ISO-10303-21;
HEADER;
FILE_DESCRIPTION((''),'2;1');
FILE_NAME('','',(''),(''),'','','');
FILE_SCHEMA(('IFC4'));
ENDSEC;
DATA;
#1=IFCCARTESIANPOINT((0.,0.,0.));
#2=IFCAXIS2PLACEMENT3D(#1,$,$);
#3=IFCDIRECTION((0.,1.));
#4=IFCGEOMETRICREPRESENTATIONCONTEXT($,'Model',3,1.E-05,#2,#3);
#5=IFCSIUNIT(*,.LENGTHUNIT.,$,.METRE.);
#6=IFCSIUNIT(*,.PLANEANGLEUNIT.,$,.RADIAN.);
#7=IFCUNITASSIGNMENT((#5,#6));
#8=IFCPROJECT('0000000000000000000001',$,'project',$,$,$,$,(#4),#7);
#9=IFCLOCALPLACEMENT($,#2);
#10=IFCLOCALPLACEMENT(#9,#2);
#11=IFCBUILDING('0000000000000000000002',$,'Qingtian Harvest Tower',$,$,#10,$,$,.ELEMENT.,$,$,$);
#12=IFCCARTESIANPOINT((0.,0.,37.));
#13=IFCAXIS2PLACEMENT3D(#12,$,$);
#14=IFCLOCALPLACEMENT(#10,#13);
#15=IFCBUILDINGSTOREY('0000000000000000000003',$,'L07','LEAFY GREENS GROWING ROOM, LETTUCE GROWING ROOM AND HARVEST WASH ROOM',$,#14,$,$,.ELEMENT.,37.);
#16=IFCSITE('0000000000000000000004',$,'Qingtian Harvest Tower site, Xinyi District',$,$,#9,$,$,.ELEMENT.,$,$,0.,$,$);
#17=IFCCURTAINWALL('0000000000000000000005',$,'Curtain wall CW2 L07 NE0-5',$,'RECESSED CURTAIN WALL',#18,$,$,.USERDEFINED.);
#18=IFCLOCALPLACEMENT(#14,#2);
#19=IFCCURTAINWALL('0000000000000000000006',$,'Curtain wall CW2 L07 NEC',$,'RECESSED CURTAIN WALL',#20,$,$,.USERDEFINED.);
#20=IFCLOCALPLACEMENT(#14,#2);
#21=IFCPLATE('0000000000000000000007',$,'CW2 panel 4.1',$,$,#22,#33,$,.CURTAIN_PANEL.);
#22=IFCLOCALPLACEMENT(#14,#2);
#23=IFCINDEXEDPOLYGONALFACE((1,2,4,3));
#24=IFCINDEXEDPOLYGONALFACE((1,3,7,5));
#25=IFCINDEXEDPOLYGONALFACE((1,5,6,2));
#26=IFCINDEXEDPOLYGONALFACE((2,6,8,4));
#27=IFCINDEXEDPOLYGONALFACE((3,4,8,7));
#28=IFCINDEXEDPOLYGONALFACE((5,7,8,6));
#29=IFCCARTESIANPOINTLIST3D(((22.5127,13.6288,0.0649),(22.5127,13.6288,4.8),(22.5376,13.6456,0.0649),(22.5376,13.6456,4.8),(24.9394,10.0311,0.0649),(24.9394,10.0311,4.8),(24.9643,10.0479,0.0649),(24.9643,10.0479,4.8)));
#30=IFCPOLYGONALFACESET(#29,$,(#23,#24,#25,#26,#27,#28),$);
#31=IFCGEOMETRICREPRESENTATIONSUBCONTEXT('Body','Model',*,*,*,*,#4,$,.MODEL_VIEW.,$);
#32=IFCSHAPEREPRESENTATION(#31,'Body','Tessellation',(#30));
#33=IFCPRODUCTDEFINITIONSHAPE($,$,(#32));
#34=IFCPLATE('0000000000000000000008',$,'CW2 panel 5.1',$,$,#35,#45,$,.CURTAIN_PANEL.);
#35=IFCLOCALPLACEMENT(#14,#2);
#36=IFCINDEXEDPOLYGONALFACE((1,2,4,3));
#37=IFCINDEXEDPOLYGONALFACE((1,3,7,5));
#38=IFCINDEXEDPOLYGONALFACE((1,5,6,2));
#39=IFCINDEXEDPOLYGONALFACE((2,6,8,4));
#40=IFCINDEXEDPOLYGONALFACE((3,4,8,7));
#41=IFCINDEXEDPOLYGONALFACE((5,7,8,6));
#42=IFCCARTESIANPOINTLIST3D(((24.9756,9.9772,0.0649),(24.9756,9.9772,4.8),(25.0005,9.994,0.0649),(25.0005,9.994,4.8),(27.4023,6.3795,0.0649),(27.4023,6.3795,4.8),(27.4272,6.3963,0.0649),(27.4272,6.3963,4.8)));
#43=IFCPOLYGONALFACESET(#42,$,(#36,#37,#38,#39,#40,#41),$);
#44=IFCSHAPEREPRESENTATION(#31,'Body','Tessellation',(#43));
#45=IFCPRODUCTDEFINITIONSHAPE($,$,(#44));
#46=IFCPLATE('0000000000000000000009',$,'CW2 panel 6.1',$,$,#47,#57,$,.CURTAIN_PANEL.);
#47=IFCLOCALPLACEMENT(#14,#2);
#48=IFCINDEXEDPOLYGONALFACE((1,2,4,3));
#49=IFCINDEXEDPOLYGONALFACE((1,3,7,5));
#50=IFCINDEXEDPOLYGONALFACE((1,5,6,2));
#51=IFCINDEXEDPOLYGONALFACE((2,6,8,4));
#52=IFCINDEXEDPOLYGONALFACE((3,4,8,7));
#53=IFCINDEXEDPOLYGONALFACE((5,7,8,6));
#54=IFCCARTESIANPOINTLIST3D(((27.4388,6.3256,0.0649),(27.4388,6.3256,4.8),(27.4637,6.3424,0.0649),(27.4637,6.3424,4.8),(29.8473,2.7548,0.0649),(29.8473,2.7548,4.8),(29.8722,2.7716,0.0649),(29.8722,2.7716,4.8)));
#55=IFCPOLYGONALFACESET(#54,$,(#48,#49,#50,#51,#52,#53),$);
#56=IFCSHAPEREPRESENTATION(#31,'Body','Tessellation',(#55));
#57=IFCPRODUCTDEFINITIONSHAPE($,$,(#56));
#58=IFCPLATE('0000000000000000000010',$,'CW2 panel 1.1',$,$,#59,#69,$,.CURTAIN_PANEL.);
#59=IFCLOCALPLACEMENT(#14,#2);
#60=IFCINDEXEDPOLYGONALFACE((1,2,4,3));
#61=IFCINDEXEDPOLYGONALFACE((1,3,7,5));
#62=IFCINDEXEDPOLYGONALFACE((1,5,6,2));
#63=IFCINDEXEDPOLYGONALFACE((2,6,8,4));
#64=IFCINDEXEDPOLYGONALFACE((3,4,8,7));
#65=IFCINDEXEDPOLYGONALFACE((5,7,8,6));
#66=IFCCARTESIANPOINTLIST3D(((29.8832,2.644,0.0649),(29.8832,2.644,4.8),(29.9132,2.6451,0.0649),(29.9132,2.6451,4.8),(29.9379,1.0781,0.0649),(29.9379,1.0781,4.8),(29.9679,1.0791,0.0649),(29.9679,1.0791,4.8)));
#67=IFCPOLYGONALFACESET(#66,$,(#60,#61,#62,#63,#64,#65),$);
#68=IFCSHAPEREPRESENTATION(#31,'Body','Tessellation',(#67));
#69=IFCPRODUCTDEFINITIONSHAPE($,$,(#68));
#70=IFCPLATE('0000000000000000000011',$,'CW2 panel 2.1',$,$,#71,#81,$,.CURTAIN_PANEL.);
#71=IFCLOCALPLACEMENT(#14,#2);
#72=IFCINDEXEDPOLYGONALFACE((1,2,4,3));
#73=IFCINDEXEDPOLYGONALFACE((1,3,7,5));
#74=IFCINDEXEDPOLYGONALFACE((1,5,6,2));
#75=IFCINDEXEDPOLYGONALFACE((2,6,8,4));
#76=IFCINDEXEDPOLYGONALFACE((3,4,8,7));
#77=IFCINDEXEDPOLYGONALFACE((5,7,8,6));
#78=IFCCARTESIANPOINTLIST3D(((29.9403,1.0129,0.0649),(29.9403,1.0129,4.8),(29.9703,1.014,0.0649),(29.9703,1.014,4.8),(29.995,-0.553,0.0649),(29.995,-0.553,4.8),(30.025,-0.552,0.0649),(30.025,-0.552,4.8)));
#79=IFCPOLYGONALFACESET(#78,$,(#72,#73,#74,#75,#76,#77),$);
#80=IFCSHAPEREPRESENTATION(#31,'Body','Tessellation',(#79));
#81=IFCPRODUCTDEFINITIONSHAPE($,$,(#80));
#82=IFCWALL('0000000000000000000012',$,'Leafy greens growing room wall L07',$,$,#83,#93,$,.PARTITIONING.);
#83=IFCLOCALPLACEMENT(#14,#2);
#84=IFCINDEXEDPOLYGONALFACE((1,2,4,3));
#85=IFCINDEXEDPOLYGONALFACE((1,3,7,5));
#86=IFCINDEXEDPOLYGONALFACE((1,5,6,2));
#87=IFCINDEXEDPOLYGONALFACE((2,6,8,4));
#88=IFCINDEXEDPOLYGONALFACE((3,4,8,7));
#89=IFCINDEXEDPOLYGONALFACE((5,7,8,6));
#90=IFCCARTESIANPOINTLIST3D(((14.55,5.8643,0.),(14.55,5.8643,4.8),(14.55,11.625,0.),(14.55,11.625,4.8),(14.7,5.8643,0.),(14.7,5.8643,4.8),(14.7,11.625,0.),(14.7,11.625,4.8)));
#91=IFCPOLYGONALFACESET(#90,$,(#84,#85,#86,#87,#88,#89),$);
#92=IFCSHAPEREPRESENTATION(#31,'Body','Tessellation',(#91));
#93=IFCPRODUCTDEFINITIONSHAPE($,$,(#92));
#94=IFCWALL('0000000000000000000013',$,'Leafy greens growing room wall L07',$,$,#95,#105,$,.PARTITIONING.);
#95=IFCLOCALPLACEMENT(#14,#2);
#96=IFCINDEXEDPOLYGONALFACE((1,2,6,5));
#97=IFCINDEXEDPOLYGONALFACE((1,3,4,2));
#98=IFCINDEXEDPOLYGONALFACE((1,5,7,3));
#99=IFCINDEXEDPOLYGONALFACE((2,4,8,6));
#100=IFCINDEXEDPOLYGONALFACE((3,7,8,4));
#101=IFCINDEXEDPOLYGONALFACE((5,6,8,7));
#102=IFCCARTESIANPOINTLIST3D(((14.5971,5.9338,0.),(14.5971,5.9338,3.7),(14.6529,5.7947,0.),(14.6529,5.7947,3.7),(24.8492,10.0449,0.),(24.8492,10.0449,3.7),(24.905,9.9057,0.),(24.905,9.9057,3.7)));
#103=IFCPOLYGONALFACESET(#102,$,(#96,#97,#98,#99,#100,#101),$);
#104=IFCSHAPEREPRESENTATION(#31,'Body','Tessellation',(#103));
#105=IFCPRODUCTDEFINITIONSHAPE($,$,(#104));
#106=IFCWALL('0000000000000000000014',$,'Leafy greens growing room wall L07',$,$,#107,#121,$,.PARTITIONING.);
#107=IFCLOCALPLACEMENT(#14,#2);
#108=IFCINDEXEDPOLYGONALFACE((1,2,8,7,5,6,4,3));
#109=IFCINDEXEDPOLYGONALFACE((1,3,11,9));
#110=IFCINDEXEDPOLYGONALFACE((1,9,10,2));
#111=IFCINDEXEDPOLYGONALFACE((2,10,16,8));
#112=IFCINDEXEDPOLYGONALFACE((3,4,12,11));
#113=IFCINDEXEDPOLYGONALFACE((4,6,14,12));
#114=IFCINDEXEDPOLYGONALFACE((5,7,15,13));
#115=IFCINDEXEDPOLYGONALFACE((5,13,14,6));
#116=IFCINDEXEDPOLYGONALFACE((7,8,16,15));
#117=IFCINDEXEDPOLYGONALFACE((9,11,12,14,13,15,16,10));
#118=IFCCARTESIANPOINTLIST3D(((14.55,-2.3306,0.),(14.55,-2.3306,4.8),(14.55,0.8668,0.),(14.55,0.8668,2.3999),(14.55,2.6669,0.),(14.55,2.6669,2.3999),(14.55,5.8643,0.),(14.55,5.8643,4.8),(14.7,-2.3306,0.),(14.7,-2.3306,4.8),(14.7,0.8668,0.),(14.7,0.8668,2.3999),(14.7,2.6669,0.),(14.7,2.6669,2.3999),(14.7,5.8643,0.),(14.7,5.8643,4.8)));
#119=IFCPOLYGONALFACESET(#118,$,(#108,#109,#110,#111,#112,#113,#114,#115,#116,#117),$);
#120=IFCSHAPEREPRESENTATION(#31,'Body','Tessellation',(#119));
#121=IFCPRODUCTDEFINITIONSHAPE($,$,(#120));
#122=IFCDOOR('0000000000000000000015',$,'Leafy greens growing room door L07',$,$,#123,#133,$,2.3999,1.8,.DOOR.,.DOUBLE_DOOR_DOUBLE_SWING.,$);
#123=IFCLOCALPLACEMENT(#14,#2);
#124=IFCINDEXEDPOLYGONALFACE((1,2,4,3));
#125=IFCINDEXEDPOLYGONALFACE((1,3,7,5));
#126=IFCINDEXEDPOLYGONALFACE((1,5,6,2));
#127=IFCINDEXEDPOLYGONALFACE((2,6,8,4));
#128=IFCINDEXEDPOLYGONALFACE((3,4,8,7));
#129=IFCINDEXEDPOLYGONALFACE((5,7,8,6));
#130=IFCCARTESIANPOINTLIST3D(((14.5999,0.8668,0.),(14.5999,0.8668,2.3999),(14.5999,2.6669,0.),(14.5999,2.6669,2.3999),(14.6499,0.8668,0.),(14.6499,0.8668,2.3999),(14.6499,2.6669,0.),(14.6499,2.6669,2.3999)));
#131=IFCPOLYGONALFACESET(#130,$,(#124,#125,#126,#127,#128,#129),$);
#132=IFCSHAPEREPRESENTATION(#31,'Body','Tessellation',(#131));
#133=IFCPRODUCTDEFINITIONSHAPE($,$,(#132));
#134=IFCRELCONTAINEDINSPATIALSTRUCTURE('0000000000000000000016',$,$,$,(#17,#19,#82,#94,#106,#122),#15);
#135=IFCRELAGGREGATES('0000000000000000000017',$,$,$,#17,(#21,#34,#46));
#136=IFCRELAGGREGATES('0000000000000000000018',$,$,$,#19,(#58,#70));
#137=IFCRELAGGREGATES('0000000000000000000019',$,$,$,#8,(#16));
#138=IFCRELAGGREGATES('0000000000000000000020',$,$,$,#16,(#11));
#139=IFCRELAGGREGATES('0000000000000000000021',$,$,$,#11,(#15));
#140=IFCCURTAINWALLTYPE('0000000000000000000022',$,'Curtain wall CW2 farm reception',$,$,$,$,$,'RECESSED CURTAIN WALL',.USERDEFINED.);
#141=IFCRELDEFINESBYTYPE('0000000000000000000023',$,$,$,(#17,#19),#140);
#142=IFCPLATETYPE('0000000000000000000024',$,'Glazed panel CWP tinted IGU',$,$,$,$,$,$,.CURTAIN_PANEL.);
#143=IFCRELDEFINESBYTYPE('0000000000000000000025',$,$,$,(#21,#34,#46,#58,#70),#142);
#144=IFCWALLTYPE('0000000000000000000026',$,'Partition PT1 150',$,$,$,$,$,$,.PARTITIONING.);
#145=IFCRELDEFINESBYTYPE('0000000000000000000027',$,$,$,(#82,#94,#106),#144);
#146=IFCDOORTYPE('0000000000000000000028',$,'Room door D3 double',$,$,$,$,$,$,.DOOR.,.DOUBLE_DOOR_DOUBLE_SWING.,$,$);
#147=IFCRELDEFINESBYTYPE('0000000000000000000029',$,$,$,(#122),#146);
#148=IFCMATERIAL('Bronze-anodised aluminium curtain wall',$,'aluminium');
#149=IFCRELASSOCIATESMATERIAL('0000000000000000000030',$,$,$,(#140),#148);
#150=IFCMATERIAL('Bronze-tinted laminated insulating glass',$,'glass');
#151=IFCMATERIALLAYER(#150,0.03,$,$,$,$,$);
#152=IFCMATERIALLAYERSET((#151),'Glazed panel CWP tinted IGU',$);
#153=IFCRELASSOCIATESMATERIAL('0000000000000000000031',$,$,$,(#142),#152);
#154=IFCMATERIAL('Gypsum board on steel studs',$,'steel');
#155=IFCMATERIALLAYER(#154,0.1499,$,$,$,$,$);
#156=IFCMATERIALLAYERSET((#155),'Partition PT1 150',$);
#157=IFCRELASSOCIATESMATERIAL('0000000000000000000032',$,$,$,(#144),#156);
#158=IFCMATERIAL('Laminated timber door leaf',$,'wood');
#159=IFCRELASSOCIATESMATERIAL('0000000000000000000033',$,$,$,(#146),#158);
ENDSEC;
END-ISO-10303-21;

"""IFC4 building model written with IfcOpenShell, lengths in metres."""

from ifc_helpers import new_model, si_unit, direction, frame, frame_2d, origin, origin_2d, place, context, subcontext, project, spatial, rectangle, extrude, material, layer, layer_set, type_object, element, fill, aggregate, save


model = new_model("IFC4")

# Units and contexts
model_context = context("Model", 3, precision=1e-05, world=origin(), true_north=direction((0.0, 1.0)))
body_context = subcontext(model_context, "Body", "Model", "MODEL_VIEW")
ifc_project = project(units=[si_unit("LENGTHUNIT", "METRE"), si_unit("PLANEANGLEUNIT", "RADIAN")], contexts=[model_context])

# Site, building, storey
site_placement = place(None, origin())
site = spatial("IfcSite", under=ifc_project, at=site_placement, Name="Qingtian Harvest Tower site, Xinyi District", CompositionType="ELEMENT", RefElevation=0.0)
building_placement = place(site_placement, origin())
building = spatial("IfcBuilding", under=site, at=building_placement, Name="Qingtian Harvest Tower", CompositionType="ELEMENT")
storey_placement = place(building_placement, frame((0.0, 0.0, 37.0)))
storey = spatial("IfcBuildingStorey", under=building, at=storey_placement, Name="L07", Description="LEAFY GREENS GROWING ROOM, LETTUCE GROWING ROOM AND HARVEST WASH ROOM", CompositionType="ELEMENT", Elevation=37.0)

# Curtain walls
ifc_material_1 = material(Name="Bronze-anodised aluminium curtain wall", Category="aluminium")
curtain_wall_type = type_object("IfcCurtainWallType", Name="Curtain wall CW2 farm reception", ElementType="RECESSED CURTAIN WALL", PredefinedType="USERDEFINED", material=ifc_material_1)
curtain_wall_1_placement = place(storey_placement, origin())
curtain_wall_1 = element("IfcCurtainWall", 1, at=curtain_wall_1_placement, inside=storey, type_object=curtain_wall_type, Name="Curtain wall CW2 L07 NE0-5", ObjectType="RECESSED CURTAIN WALL", PredefinedType="USERDEFINED")
curtain_wall_2_placement = place(storey_placement, origin())
curtain_wall_2 = element("IfcCurtainWall", 2, at=curtain_wall_2_placement, inside=storey, type_object=curtain_wall_type, Name="Curtain wall CW2 L07 NEC", ObjectType="RECESSED CURTAIN WALL", PredefinedType="USERDEFINED")

# Plates
ifc_material_2 = material(Name="Bronze-tinted laminated insulating glass", Category="glass")
ifc_layer_1 = layer(ifc_material_2, 0.03)
ifc_layer_set_1 = layer_set([ifc_layer_1], Name="Glazed panel CWP tinted IGU")
plate_type = type_object("IfcPlateType", Name="Glazed panel CWP tinted IGU", PredefinedType="CURTAIN_PANEL", material=ifc_layer_set_1)
plate_1_placement = place(storey_placement, frame((23.7385, 11.8384, 0.0649), z_axis=(0.0, 0.0, 1.0), x_axis=(0.559193, -0.829038, 0.0)))
plate_1 = element("IfcPlate", 3, at=plate_1_placement, type_object=plate_type, Name="CW2 panel 4.1", PredefinedType="CURTAIN_PANEL", context=body_context, shape_type="SweptSolid", body=[
    extrude(rectangle(XDim=4.3396, YDim=0.03, at=origin_2d()), origin(), (0.0, 0.0, 1.0), 4.7351),
])
plate_2_placement = place(storey_placement, frame((26.2014, 8.1868, 0.0649), z_axis=(0.0, 0.0, 1.0), x_axis=(0.559193, -0.829038, 0.0)))
plate_2 = element("IfcPlate", 4, at=plate_2_placement, type_object=plate_type, Name="CW2 panel 5.1", PredefinedType="CURTAIN_PANEL", context=body_context, shape_type="SweptSolid", body=[
    extrude(rectangle(XDim=4.3396, YDim=0.03, at=origin_2d()), origin(), (0.0, 0.0, 1.0), 4.7351),
])
plate_3_placement = place(storey_placement, frame((28.6555, 4.5486, 0.0649), z_axis=(0.0, 0.0, 1.0), x_axis=(0.559193, -0.829038, 0.0)))
plate_3 = element("IfcPlate", 5, at=plate_3_placement, type_object=plate_type, Name="CW2 panel 6.1", PredefinedType="CURTAIN_PANEL", context=body_context, shape_type="SweptSolid", body=[
    extrude(rectangle(XDim=4.3071, YDim=0.03, at=origin_2d()), origin(), (0.0, 0.0, 1.0), 4.7351),
])
aggregate(curtain_wall_1, [plate_1, plate_2, plate_3])
plate_4_placement = place(storey_placement, frame((29.9255, 1.8616, 0.0649), z_axis=(0.0, 0.0, 1.0), x_axis=(0.034899, -0.999391, 0.0)))
plate_4 = element("IfcPlate", 6, at=plate_4_placement, type_object=plate_type, Name="CW2 panel 1.1", PredefinedType="CURTAIN_PANEL", context=body_context, shape_type="SweptSolid", body=[
    extrude(rectangle(XDim=1.5669, YDim=0.03, at=origin_2d()), origin(), (0.0, 0.0, 1.0), 4.7351),
])
plate_5_placement = place(storey_placement, frame((29.9827, 0.2305, 0.0649), z_axis=(0.0, 0.0, 1.0), x_axis=(0.034899, -0.999391, 0.0)))
plate_5 = element("IfcPlate", 7, at=plate_5_placement, type_object=plate_type, Name="CW2 panel 2.1", PredefinedType="CURTAIN_PANEL", context=body_context, shape_type="SweptSolid", body=[
    extrude(rectangle(XDim=1.5669, YDim=0.03, at=origin_2d()), origin(), (0.0, 0.0, 1.0), 4.7351),
])
aggregate(curtain_wall_2, [plate_4, plate_5])

# Walls
ifc_material_3 = material(Name="Gypsum board on steel studs", Category="steel")
ifc_layer_2 = layer(ifc_material_3, 0.1499)
ifc_layer_set_2 = layer_set([ifc_layer_2], Name="Partition PT1 150")
wall_type = type_object("IfcWallType", Name="Partition PT1 150", PredefinedType="PARTITIONING", material=ifc_layer_set_2)
wall_1_placement = place(storey_placement, frame((14.625, 11.625, 0.0), z_axis=(0.0, 0.0, 1.0), x_axis=(0.0, -1.0, 0.0)))
element("IfcWall", 8, at=wall_1_placement, inside=storey, type_object=wall_type, Name="Leafy greens growing room wall L07", PredefinedType="PARTITIONING", context=body_context, shape_type="SweptSolid", body=[
    extrude(rectangle(XDim=5.7607, YDim=0.1499, at=frame_2d((2.8804, 0.0))), origin(), (0.0, 0.0, 1.0), 4.8),
])
wall_2_placement = place(storey_placement, frame((24.8772, 9.9753, 0.0), z_axis=(0.0, 0.0, 1.0), x_axis=(-0.928158, -0.372187, 0.0)))
element("IfcWall", 9, at=wall_2_placement, inside=storey, type_object=wall_type, Name="Leafy greens growing room wall L07", PredefinedType="PARTITIONING", context=body_context, shape_type="SweptSolid", body=[
    extrude(rectangle(XDim=11.0457, YDim=0.1499, at=frame_2d((5.5229, 0.0))), origin(), (0.0, 0.0, 1.0), 3.7),
])

# Wall, opening, door
wall_3_placement = place(storey_placement, frame((14.625, 5.8643, 0.0), z_axis=(0.0, 0.0, 1.0), x_axis=(0.0, -1.0, 0.0)))
wall_3 = element("IfcWall", 10, at=wall_3_placement, inside=storey, type_object=wall_type, Name="Leafy greens growing room wall L07", PredefinedType="PARTITIONING", context=body_context, shape_type="SweptSolid", body=[
    extrude(rectangle(XDim=8.1948, YDim=0.1499, at=frame_2d((4.0974, 0.0))), origin(), (0.0, 0.0, 1.0), 4.8),
])
opening_placement = place(wall_3_placement, frame((3.1975, 0.0, 0.0)))
opening = element("IfcOpeningElement", 11, at=opening_placement, cuts=wall_3, PredefinedType="OPENING", context=body_context, shape_type="SweptSolid", body=[
    extrude(rectangle(XDim=1.8, YDim=2.3999, at=frame_2d((0.8999, 1.2))), frame((0.0, 0.085, 0.0), z_axis=(0.0, -1.0, 0.0), x_axis=(1.0, 0.0, 0.0)), (0.0, 0.0, 1.0), 0.1699),
])
ifc_material_4 = material(Name="Laminated timber door leaf", Category="wood")
door_type = type_object("IfcDoorType", Name="Room door D3 double", OperationType="DOUBLE_DOOR_DOUBLE_SWING", PredefinedType="DOOR", material=ifc_material_4)
door_placement = place(opening_placement, origin())
door = element("IfcDoor", 12, at=door_placement, inside=storey, type_object=door_type, Name="Leafy greens growing room door L07", OperationType="DOUBLE_DOOR_DOUBLE_SWING", OverallHeight=2.3999, OverallWidth=1.8, PredefinedType="DOOR", context=body_context, shape_type="SweptSolid", body=[
    extrude(rectangle(XDim=1.8, YDim=2.3999, at=frame_2d((0.8999, 1.2))), frame((0.0, 0.0249, 0.0), z_axis=(0.0, -1.0, 0.0), x_axis=(1.0, 0.0, 0.0)), (0.0, 0.0, 1.0), 0.05),
])
fill(opening, door)

save(model, "model.ifc")
